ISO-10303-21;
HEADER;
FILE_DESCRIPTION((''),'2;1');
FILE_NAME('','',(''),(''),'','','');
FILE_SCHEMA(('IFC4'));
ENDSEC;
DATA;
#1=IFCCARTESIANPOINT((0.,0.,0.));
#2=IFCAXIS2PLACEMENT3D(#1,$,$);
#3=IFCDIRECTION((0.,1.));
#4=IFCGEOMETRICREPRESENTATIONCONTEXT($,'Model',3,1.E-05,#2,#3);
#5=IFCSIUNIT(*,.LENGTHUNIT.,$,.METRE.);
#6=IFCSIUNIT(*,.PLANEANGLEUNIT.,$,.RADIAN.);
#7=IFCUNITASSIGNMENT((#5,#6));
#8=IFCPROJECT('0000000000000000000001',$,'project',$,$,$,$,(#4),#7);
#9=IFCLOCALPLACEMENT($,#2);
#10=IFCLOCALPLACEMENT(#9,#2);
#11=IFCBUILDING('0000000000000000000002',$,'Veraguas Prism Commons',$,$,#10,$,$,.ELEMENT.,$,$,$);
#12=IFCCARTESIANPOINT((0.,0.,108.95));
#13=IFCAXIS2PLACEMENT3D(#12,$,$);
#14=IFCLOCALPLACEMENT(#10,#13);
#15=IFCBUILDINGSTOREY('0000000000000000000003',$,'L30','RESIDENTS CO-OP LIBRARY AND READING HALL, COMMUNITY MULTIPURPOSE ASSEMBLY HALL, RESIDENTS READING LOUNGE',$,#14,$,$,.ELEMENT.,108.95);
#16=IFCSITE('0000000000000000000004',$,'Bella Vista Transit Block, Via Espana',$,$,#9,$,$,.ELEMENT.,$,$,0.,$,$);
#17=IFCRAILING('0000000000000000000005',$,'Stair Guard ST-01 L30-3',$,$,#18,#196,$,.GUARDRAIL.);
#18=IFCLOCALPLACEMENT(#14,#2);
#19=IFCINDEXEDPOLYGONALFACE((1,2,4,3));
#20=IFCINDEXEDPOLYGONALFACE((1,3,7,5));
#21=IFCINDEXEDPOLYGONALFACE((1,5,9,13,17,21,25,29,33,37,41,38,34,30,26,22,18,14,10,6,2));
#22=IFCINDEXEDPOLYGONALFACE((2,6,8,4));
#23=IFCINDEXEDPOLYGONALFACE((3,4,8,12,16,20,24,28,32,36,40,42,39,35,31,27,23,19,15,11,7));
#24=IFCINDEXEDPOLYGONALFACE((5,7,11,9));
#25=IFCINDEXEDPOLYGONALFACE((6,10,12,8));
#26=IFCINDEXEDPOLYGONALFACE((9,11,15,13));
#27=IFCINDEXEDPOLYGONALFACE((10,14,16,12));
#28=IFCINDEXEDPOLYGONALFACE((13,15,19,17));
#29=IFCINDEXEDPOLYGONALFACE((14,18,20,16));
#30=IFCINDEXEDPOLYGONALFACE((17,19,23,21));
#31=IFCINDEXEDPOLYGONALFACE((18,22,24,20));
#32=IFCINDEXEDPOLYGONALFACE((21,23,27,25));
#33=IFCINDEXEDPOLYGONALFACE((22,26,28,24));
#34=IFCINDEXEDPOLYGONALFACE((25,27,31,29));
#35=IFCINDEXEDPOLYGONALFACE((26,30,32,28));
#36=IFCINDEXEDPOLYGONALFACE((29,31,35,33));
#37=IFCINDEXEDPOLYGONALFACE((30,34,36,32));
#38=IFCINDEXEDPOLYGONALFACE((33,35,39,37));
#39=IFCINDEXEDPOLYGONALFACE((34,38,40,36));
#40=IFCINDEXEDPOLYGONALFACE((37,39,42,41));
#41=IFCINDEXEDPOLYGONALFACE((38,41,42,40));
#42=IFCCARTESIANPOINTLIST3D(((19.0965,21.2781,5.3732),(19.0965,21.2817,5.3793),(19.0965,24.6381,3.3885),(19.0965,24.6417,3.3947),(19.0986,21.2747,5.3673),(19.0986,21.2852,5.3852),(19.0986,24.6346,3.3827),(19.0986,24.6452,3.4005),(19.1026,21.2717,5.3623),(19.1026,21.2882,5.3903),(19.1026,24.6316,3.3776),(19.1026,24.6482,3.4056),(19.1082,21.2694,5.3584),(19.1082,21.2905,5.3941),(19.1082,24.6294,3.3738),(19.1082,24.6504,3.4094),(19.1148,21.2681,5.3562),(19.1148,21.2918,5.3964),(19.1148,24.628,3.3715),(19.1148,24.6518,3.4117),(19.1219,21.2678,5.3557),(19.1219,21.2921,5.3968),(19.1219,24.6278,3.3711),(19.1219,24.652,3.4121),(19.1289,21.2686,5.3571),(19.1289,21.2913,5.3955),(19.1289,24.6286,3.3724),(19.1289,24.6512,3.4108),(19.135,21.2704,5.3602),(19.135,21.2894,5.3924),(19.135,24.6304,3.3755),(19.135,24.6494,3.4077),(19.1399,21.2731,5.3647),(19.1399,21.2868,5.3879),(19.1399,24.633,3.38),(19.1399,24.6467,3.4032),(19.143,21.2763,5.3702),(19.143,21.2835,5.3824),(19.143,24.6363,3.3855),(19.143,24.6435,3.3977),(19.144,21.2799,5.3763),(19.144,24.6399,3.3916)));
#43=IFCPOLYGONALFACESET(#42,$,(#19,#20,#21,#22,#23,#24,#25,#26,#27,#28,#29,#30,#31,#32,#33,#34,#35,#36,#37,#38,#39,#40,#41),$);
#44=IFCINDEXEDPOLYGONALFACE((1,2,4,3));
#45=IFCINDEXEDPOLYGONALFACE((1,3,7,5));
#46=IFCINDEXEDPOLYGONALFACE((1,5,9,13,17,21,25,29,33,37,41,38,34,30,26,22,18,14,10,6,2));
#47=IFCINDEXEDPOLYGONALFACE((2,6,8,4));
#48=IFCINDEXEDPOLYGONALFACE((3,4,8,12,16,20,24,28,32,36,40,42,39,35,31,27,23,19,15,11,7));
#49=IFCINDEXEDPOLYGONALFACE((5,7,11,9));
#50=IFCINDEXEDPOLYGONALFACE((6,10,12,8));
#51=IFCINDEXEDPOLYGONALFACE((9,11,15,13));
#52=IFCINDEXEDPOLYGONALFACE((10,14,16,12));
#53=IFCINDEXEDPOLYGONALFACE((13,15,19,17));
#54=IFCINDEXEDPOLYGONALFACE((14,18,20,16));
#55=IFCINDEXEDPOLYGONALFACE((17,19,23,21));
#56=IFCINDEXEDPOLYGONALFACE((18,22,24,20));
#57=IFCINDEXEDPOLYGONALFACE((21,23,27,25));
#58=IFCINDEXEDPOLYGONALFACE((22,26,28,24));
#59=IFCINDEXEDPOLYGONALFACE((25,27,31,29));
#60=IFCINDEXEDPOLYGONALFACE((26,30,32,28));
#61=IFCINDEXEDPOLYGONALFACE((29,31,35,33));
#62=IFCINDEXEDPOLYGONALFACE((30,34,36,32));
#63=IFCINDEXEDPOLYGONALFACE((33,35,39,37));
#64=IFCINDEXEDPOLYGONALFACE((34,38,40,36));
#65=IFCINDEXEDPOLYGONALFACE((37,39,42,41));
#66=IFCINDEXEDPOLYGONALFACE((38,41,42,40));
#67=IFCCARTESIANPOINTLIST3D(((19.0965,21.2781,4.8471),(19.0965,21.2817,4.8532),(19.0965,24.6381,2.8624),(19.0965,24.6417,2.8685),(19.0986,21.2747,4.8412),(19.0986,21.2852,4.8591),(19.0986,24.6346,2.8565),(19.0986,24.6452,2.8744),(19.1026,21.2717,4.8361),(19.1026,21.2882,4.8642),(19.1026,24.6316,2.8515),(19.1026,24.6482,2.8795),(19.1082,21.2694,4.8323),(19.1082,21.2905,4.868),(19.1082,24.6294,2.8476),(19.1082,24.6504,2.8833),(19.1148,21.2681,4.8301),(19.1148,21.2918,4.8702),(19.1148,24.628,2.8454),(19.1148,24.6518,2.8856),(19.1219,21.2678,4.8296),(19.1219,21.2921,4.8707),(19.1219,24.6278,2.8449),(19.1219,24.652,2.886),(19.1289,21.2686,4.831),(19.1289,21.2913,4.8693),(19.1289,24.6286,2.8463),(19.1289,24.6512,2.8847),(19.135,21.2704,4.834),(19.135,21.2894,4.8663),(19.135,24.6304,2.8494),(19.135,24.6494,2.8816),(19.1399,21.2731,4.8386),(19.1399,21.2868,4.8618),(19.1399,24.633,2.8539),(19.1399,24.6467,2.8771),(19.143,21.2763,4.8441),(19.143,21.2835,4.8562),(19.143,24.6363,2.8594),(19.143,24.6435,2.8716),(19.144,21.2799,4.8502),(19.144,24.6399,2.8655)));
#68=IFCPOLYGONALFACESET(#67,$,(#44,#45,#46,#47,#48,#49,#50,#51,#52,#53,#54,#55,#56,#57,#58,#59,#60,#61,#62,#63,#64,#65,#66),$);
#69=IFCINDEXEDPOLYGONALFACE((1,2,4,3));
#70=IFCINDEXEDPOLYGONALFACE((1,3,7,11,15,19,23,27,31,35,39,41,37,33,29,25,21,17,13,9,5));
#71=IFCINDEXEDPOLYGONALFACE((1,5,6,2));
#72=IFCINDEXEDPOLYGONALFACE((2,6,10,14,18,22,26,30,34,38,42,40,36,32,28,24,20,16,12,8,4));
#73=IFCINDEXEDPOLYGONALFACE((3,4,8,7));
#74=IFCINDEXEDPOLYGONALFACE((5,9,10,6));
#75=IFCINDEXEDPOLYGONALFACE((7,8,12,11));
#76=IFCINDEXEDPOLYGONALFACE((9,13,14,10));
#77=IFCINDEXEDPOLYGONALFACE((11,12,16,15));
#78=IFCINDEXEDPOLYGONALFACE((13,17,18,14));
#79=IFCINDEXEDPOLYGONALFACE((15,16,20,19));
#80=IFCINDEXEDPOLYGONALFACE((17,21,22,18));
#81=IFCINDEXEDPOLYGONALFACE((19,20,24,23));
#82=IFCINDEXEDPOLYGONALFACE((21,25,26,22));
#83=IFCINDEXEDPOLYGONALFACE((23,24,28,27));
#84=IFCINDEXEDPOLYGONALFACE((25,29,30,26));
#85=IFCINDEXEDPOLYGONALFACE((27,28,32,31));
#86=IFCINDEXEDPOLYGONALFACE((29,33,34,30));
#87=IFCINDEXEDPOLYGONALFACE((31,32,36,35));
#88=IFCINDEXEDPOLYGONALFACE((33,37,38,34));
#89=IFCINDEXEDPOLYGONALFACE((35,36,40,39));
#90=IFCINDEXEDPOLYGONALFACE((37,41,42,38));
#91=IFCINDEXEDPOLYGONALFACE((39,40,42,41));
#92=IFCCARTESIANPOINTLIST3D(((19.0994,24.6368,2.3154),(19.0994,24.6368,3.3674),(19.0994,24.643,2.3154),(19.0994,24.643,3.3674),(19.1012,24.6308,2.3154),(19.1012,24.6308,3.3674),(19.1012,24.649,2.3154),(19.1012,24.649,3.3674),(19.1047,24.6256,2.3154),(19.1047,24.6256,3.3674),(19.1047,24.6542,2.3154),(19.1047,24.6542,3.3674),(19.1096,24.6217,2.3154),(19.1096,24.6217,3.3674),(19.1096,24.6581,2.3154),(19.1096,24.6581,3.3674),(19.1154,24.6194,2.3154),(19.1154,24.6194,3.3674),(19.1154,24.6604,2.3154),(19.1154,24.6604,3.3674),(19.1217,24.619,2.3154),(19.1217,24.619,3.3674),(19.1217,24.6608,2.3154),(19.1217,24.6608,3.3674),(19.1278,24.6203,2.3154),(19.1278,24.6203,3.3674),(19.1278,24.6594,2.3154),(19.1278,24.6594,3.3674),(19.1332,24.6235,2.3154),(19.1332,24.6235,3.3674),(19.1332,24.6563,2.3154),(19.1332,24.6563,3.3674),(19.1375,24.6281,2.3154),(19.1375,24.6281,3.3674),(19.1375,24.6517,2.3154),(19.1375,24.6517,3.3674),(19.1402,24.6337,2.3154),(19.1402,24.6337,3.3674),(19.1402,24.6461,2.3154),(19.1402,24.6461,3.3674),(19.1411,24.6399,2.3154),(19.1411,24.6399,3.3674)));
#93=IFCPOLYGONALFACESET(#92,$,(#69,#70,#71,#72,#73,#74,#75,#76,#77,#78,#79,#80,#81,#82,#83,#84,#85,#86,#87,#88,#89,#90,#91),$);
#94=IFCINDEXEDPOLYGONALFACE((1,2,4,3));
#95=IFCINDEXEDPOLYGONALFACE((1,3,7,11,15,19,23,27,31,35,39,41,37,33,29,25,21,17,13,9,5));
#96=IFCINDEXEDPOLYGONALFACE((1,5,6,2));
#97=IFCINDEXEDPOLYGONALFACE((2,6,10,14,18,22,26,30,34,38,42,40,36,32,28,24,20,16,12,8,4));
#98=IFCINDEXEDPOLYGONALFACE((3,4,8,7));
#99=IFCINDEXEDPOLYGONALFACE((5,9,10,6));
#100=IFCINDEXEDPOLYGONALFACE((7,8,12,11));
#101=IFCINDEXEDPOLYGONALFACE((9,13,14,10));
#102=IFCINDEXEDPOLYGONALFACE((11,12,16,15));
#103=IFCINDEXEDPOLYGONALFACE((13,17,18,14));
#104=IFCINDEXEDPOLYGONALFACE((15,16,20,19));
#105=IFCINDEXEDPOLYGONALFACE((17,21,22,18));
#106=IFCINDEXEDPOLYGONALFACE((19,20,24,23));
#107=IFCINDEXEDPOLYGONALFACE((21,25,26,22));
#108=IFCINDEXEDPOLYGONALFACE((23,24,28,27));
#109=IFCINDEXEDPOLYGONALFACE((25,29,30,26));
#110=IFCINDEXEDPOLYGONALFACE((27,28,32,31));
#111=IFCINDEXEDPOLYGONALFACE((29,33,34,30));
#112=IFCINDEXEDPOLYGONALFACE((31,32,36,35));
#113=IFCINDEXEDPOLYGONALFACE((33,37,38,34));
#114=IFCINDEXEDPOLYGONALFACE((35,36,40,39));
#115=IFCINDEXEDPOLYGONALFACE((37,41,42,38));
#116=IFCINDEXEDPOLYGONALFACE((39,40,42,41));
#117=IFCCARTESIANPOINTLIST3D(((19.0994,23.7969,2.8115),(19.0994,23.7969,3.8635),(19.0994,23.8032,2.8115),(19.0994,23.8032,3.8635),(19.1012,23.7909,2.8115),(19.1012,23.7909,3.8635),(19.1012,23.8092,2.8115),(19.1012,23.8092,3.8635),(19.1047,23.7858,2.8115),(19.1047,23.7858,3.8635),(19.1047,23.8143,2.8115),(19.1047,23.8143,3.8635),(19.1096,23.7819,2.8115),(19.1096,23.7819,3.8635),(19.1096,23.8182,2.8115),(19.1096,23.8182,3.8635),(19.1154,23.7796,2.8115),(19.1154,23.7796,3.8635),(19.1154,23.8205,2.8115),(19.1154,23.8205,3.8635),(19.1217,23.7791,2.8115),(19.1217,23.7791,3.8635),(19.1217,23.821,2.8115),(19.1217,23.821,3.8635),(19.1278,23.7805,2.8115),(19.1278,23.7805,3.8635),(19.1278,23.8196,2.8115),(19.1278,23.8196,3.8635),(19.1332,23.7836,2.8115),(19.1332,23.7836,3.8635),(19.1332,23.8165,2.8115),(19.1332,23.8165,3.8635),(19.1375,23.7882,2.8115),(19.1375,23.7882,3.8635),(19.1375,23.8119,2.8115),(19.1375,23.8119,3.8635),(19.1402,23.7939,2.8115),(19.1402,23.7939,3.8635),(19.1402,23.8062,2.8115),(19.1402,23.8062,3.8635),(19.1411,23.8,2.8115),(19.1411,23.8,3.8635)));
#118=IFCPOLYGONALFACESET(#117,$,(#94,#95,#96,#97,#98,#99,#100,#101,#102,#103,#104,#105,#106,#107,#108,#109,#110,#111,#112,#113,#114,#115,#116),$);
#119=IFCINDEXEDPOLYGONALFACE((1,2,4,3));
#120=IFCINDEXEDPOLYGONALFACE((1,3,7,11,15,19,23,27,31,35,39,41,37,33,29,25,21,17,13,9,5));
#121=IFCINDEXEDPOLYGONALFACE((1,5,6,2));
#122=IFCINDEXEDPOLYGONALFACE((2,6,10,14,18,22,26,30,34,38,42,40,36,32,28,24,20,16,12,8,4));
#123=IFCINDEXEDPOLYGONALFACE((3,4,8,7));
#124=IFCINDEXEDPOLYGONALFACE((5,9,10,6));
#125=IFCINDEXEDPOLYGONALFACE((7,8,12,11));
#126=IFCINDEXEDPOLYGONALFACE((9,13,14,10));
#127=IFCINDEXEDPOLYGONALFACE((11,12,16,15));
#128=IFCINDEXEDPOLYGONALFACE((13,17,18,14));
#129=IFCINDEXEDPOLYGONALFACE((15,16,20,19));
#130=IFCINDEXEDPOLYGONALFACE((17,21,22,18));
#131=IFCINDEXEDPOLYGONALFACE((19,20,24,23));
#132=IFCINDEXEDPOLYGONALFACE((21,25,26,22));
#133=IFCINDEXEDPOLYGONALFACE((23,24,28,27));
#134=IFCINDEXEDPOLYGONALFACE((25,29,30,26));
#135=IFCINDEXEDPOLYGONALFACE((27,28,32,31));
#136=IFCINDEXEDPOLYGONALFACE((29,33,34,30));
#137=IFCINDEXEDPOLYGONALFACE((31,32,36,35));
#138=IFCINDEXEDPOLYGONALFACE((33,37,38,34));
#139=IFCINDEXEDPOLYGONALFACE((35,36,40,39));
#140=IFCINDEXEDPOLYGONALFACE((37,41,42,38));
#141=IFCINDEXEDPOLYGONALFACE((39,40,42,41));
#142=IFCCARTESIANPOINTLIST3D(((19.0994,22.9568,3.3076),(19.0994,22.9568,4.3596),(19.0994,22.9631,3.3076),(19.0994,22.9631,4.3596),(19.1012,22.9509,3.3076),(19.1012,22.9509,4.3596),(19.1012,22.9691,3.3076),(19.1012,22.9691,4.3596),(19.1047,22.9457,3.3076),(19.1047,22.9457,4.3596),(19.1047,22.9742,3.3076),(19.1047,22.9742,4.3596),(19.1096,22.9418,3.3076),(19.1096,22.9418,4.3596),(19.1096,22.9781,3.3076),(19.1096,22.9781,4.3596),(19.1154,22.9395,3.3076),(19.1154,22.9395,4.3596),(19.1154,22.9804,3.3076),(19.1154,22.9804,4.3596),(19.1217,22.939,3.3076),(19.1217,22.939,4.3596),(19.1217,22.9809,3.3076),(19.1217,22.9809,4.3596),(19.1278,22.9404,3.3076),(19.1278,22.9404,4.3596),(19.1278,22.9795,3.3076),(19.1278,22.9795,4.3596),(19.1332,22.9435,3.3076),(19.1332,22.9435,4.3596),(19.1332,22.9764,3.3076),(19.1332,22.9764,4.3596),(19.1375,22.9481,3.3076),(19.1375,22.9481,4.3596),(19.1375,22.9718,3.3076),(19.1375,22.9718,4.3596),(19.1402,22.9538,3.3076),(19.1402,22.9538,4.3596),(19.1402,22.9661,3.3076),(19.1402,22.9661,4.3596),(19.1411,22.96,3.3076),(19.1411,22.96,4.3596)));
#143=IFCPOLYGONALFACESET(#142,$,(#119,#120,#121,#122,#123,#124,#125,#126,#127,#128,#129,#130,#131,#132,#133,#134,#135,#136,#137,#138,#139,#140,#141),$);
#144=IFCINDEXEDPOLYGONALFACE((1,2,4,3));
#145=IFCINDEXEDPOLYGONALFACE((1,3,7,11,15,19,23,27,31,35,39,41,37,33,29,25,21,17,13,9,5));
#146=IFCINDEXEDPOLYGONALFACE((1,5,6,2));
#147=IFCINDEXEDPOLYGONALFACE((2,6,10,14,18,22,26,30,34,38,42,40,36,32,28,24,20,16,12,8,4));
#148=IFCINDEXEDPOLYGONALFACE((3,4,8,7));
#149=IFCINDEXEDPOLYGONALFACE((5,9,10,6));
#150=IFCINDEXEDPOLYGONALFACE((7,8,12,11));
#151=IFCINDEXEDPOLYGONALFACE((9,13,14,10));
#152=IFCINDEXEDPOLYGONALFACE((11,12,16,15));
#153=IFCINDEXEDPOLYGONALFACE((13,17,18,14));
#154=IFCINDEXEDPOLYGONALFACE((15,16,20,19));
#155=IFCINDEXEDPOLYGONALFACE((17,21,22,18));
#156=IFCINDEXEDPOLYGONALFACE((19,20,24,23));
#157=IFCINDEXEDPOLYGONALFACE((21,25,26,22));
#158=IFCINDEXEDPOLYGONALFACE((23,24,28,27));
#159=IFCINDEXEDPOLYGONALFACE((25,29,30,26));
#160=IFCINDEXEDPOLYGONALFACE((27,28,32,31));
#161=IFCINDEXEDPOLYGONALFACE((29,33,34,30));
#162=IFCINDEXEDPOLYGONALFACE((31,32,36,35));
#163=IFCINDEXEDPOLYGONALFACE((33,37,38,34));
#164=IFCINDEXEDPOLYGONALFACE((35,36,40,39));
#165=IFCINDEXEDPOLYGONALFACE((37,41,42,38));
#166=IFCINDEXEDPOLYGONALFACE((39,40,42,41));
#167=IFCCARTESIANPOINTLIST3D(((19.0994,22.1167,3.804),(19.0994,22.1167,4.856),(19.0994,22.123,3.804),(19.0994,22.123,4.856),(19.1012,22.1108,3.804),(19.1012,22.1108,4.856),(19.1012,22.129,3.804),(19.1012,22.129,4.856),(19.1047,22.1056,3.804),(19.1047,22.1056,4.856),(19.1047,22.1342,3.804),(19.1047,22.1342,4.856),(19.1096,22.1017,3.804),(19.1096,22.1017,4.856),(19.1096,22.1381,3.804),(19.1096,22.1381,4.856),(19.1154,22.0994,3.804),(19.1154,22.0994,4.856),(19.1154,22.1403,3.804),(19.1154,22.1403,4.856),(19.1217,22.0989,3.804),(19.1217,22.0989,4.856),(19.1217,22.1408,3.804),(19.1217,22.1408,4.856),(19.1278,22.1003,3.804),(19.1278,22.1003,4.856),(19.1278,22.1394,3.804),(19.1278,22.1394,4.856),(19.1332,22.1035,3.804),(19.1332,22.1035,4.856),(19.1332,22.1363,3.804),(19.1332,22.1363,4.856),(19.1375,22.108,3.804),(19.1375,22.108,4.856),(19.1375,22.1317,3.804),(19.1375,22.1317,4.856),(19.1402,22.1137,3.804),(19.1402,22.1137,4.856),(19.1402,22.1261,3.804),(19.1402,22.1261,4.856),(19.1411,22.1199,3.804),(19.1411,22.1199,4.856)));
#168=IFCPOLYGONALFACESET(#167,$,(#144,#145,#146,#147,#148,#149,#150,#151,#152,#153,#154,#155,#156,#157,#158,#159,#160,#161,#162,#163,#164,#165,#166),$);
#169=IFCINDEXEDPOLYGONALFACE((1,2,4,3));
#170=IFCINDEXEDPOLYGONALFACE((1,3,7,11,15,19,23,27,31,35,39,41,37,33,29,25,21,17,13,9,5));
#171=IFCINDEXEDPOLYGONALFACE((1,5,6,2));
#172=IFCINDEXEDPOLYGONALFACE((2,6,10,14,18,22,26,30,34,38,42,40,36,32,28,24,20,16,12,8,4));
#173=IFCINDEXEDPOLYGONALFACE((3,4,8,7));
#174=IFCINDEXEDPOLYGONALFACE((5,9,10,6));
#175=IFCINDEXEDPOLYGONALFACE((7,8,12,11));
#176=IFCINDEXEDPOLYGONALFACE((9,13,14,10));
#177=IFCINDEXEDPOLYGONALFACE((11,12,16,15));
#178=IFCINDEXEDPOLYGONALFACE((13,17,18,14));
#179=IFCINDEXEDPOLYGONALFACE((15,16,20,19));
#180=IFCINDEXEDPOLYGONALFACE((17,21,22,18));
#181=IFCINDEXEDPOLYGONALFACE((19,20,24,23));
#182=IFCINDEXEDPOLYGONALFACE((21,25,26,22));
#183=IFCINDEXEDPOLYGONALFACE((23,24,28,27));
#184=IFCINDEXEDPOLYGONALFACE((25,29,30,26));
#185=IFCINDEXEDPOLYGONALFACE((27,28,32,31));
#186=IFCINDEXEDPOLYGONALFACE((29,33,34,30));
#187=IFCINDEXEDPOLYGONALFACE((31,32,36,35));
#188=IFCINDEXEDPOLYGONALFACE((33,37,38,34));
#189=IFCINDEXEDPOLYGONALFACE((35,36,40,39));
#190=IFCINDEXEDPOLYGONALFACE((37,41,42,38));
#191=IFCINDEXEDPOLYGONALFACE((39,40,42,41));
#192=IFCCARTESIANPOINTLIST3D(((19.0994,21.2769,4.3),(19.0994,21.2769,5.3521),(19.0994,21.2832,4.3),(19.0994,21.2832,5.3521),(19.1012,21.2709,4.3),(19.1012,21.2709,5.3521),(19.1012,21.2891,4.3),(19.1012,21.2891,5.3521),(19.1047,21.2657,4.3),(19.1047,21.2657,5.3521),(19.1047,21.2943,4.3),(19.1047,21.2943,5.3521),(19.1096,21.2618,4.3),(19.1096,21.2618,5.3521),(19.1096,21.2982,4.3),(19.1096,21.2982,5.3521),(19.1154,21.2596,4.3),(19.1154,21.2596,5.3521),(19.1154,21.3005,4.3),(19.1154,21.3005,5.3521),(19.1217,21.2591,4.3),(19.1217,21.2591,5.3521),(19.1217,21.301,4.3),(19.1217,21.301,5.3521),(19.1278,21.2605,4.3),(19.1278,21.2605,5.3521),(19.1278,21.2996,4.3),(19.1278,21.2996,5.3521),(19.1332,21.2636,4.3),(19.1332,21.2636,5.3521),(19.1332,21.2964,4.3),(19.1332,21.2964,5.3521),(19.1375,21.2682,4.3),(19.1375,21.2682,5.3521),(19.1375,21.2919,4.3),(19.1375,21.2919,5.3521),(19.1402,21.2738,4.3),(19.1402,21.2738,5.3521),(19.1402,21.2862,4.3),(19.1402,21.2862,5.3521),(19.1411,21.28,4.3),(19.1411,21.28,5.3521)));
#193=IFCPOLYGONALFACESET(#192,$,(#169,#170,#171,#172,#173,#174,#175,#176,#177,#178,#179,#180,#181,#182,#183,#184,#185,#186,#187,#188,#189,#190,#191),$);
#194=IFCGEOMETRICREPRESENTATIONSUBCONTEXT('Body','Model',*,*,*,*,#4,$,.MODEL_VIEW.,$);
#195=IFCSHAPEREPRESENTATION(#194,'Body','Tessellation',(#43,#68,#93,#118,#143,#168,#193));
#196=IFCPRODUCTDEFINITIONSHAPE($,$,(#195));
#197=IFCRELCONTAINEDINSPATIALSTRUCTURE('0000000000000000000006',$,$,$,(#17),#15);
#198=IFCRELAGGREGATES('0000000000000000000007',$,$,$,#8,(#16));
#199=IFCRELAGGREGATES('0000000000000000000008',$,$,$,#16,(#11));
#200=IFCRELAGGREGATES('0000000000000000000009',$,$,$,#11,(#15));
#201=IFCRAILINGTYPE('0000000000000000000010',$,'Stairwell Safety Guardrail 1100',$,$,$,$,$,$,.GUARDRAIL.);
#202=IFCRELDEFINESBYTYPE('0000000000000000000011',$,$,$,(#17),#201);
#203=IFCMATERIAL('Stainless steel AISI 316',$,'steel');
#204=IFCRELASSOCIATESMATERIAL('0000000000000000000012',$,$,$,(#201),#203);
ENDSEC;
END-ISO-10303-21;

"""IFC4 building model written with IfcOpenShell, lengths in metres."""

from ifc_helpers import new_model, si_unit, direction, frame, origin, origin_2d, place, context, subcontext, project, spatial, circle, extrude, material, type_object, element, save


model = new_model("IFC4")

# Units and contexts
model_context = context("Model", 3, precision=1e-05, world=origin(), true_north=direction((0.0, 1.0)))
body_context = subcontext(model_context, "Body", "Model", "MODEL_VIEW")
ifc_project = project(units=[si_unit("LENGTHUNIT", "METRE"), si_unit("PLANEANGLEUNIT", "RADIAN")], contexts=[model_context])

# Site, building, storey
site_placement = place(None, origin())
site = spatial("IfcSite", under=ifc_project, at=site_placement, Name="Bella Vista Transit Block, Via Espana", CompositionType="ELEMENT", RefElevation=0.0)
building_placement = place(site_placement, origin())
building = spatial("IfcBuilding", under=site, at=building_placement, Name="Veraguas Prism Commons", CompositionType="ELEMENT")
storey_placement = place(building_placement, frame((0.0, 0.0, 108.95)))
storey = spatial("IfcBuildingStorey", under=building, at=storey_placement, Name="L30", Description="RESIDENTS CO-OP LIBRARY AND READING HALL, COMMUNITY MULTIPURPOSE ASSEMBLY HALL, RESIDENTS READING LOUNGE", CompositionType="ELEMENT", Elevation=108.95)

# Railing
ifc_material_1 = material(Name="Stainless steel AISI 316", Category="steel")
railing_type_1 = type_object("IfcRailingType", Name="Stairwell Safety Guardrail 1100", PredefinedType="GUARDRAIL", material=ifc_material_1)
railing_1_placement = place(storey_placement, frame((19.1201, 24.6399, 2.3154)))
element("IfcRailing", 1, at=railing_1_placement, inside=storey, type_object=railing_type_1, Name="Stair Guard ST-01 L30-3", PredefinedType="GUARDRAIL", context=body_context, shape_type="SweptSolid", body=[
    extrude(circle(Radius=0.0239, at=origin_2d()), frame((0.0, 0.0, 1.0762), z_axis=(0.0, -0.861011, 0.508586), x_axis=(1.0, 0.0, 0.0)), (0.0, 0.0, 1.0), 3.9023),
    extrude(circle(Radius=0.0239, at=origin_2d()), frame((0.0, 0.0, 0.55), z_axis=(0.0, -0.861011, 0.508586), x_axis=(1.0, 0.0, 0.0)), (0.0, 0.0, 1.0), 3.9023),
    extrude(circle(Radius=0.021, at=origin_2d()), origin(), (0.0, 0.0, 1.0), 1.052),
    extrude(circle(Radius=0.021, at=origin_2d()), frame((0.0, -0.8398, 0.4961)), (0.0, 0.0, 1.0), 1.052),
    extrude(circle(Radius=0.021, at=origin_2d()), frame((0.0, -1.6799, 0.9922)), (0.0, 0.0, 1.0), 1.052),
    extrude(circle(Radius=0.021, at=origin_2d()), frame((0.0, -2.52, 1.4885)), (0.0, 0.0, 1.0), 1.052),
    extrude(circle(Radius=0.021, at=origin_2d()), frame((0.0, -3.3599, 1.9846)), (0.0, 0.0, 1.0), 1.052),
])

save(model, "model.ifc")
